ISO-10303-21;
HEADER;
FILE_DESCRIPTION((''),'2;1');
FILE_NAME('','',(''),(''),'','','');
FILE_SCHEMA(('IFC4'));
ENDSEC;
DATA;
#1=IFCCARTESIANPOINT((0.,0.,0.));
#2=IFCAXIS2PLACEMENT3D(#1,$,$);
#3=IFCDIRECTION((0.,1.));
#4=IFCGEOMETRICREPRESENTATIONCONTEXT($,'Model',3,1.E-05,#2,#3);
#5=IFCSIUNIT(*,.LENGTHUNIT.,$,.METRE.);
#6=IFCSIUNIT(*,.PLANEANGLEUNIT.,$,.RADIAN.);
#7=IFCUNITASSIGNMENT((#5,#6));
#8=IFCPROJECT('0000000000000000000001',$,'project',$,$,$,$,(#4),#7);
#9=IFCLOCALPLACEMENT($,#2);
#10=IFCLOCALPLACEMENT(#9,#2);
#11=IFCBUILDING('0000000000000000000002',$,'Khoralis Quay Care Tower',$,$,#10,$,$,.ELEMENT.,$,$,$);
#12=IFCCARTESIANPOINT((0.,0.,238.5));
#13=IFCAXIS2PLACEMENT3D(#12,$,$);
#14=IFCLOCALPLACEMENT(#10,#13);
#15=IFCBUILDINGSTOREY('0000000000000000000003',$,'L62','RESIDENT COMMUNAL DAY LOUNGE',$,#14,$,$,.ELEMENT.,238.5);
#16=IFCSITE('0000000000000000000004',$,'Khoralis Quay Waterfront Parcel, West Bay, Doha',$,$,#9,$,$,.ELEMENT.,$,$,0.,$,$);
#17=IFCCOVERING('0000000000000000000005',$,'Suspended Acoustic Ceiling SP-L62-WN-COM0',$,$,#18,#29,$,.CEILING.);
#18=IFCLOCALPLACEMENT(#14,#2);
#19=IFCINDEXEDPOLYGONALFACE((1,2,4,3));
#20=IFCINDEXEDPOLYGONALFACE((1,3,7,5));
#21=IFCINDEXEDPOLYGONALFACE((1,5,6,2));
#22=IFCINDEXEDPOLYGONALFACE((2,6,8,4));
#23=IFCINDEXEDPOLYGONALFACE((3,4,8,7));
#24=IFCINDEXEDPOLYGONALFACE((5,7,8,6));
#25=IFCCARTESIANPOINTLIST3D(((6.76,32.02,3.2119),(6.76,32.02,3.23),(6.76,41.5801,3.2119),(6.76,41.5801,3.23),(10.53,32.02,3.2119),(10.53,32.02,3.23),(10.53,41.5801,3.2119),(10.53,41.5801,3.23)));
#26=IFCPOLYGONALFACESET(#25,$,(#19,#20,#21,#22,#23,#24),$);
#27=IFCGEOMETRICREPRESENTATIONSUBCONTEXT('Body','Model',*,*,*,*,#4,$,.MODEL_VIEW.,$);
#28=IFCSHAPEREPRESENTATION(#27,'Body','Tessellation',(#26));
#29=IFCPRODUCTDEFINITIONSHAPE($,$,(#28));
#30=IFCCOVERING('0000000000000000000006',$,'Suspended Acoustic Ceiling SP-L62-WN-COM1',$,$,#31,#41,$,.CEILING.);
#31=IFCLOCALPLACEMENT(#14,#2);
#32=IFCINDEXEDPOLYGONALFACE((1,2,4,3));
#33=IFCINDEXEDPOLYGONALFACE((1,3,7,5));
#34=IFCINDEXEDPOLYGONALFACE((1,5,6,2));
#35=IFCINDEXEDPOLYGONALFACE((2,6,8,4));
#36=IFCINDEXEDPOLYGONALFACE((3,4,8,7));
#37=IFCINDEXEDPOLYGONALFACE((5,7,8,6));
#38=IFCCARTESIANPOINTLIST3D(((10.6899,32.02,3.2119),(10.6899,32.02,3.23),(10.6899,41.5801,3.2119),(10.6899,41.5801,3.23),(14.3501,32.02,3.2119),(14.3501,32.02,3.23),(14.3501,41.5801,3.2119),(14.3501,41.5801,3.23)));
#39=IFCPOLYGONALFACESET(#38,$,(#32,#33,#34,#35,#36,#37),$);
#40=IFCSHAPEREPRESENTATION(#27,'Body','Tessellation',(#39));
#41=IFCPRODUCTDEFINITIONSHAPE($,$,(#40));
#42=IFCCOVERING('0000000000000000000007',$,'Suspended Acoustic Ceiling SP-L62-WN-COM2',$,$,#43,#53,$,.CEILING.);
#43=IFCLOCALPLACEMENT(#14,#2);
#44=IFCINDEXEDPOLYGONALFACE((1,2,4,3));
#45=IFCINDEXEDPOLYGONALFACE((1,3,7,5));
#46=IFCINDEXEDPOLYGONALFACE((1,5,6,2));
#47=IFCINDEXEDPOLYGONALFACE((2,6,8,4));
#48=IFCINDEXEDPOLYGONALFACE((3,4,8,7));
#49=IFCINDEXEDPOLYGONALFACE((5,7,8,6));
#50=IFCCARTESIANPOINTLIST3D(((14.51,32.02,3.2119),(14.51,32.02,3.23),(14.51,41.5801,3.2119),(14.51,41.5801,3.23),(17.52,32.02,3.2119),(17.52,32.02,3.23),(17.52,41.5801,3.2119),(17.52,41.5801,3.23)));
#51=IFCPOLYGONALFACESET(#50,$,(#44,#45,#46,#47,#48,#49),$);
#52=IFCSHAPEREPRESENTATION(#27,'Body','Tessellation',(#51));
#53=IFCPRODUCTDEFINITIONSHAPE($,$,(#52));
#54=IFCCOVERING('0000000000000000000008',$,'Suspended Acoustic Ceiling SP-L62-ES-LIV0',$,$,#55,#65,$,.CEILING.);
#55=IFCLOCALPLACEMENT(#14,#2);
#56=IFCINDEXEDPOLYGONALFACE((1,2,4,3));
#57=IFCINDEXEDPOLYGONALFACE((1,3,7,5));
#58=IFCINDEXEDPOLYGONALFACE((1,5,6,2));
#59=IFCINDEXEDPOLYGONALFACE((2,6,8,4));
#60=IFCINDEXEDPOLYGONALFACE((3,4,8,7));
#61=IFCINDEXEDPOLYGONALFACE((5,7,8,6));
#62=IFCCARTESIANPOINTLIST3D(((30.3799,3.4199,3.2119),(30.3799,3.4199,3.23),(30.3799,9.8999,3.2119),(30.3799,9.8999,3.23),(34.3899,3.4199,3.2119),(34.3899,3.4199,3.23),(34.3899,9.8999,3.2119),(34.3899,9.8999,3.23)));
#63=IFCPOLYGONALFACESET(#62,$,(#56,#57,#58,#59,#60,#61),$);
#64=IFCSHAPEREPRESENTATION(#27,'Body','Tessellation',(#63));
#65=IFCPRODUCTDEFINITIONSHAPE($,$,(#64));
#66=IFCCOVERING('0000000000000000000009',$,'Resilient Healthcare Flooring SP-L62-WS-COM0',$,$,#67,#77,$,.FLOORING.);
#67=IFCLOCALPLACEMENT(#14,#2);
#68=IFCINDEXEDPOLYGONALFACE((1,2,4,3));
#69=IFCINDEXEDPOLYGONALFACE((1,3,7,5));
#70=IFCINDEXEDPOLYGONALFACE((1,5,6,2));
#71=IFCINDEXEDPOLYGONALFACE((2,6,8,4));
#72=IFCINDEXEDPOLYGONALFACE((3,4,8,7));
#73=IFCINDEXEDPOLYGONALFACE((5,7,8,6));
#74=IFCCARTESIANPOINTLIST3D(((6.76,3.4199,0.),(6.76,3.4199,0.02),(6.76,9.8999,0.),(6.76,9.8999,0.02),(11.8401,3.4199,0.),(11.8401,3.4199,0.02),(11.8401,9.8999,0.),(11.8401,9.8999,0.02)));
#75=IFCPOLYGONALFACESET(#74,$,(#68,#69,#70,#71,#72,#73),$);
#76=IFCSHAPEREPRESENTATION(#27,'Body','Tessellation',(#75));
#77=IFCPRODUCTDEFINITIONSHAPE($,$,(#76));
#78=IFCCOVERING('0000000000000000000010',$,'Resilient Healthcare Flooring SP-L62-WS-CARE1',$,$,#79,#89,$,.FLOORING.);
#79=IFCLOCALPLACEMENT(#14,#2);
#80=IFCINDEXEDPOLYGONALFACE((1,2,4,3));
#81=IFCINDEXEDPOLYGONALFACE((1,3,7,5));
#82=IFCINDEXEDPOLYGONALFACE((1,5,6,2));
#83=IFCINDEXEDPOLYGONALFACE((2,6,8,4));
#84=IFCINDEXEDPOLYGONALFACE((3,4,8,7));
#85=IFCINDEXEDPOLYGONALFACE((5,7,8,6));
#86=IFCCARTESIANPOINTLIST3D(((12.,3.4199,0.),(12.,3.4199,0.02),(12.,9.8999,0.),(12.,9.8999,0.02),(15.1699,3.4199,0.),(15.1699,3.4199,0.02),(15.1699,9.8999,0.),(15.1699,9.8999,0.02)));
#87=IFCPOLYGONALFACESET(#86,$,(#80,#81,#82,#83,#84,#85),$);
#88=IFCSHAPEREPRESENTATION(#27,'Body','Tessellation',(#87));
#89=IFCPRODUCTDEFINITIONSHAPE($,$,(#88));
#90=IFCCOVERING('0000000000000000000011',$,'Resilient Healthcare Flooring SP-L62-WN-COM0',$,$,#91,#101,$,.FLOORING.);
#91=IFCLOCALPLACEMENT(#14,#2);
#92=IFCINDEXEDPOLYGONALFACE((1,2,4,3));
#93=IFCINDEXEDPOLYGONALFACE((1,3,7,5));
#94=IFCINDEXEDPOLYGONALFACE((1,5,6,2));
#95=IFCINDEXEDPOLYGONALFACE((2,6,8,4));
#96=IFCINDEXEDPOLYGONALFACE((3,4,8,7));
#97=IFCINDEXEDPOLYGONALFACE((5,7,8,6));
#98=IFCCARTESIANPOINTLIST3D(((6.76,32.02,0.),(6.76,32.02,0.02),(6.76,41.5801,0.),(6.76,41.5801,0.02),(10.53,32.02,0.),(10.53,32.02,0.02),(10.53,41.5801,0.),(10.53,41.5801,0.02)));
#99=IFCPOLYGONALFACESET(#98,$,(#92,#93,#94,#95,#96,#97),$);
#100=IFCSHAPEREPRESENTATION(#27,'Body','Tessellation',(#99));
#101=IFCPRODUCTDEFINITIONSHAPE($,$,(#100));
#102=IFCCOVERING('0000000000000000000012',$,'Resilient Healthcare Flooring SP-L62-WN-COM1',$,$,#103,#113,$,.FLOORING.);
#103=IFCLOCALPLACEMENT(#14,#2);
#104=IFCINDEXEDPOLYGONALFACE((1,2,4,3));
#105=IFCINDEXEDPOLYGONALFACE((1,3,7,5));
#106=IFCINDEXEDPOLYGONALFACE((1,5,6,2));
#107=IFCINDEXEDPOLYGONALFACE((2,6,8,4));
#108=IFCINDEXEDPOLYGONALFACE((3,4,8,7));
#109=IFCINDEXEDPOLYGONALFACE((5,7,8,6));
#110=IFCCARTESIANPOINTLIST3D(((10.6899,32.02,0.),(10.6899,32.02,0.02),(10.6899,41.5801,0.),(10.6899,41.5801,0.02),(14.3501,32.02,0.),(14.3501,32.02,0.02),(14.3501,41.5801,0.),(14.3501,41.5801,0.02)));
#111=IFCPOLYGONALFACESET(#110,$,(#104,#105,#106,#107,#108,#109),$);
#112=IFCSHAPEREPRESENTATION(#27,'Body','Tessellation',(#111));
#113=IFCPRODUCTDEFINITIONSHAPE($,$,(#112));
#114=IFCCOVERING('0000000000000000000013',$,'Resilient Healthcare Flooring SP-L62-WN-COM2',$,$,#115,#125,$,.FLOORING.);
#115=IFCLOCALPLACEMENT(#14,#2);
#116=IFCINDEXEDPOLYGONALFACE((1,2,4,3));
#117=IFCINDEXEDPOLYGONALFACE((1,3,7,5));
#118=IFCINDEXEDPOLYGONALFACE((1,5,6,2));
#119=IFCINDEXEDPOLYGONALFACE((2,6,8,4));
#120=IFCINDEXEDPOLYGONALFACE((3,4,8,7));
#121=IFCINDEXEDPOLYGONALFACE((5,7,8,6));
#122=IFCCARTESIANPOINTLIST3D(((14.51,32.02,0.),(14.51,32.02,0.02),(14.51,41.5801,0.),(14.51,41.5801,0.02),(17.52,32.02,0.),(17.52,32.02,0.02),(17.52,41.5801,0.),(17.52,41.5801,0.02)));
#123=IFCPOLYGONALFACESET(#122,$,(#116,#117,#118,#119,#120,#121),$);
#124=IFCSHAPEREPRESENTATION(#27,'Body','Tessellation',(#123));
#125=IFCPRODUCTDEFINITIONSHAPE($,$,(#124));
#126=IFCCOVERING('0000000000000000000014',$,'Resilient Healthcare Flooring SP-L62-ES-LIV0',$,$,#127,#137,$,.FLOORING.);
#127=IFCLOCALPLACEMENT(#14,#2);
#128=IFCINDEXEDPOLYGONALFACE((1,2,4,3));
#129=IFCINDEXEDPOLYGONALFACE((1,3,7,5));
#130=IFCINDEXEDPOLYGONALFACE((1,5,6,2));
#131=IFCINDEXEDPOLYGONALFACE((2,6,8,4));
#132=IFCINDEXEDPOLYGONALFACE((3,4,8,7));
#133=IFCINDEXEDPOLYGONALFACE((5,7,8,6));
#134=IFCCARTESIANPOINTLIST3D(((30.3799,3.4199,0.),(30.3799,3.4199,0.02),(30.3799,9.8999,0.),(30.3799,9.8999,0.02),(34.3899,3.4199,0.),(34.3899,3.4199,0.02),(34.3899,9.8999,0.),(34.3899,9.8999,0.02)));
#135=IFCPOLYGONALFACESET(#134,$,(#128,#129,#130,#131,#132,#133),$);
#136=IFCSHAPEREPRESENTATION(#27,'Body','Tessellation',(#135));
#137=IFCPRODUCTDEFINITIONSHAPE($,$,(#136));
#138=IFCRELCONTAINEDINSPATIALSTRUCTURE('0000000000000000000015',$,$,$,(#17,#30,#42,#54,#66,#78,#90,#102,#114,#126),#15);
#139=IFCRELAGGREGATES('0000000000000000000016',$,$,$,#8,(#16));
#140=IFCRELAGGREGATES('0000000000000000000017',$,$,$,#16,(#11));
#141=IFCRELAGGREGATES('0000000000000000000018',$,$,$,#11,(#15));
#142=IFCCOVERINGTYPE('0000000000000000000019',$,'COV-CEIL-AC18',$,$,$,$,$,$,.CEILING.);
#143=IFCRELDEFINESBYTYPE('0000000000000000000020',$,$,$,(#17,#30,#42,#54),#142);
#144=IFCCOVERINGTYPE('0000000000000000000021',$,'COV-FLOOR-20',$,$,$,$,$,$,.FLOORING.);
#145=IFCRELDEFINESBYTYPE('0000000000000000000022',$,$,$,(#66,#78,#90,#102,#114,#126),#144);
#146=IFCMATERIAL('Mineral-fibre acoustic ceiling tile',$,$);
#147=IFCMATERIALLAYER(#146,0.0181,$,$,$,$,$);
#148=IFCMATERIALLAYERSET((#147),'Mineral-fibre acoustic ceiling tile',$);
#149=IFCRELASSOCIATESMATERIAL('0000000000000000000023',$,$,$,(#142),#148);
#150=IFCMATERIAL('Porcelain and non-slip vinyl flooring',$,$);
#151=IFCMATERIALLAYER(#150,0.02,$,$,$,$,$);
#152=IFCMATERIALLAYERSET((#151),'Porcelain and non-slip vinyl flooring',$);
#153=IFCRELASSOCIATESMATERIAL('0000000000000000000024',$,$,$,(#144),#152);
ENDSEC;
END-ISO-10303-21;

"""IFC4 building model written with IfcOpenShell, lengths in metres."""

from ifc_helpers import new_model, si_unit, direction, frame, origin, place, context, subcontext, project, spatial, polyline, outline, extrude, material, layer, layer_set, type_object, element, save


model = new_model("IFC4")

# Units and contexts
model_context = context("Model", 3, precision=1e-05, world=origin(), true_north=direction((0.0, 1.0)))
body_context = subcontext(model_context, "Body", "Model", "MODEL_VIEW")
ifc_project = project(units=[si_unit("LENGTHUNIT", "METRE"), si_unit("PLANEANGLEUNIT", "RADIAN")], contexts=[model_context])

# Site, building, storey
site_placement = place(None, origin())
site = spatial("IfcSite", under=ifc_project, at=site_placement, Name="Khoralis Quay Waterfront Parcel, West Bay, Doha", CompositionType="ELEMENT", RefElevation=0.0)
building_placement = place(site_placement, origin())
building = spatial("IfcBuilding", under=site, at=building_placement, Name="Khoralis Quay Care Tower", CompositionType="ELEMENT")
storey_placement = place(building_placement, frame((0.0, 0.0, 238.5)))
storey = spatial("IfcBuildingStorey", under=building, at=storey_placement, Name="L62", Description="RESIDENT COMMUNAL DAY LOUNGE", CompositionType="ELEMENT", Elevation=238.5)

# Coverings
ifc_material_1 = material(Name="Mineral-fibre acoustic ceiling tile")
ifc_layer_1 = layer(ifc_material_1, 0.0181)
ifc_layer_set_1 = layer_set([ifc_layer_1], Name="Mineral-fibre acoustic ceiling tile")
covering_type_1 = type_object("IfcCoveringType", Name="COV-CEIL-AC18", PredefinedType="CEILING", material=ifc_layer_set_1)
covering_1_placement = place(storey_placement, frame((0.0, 0.0, 3.2119)))
element("IfcCovering", 1, at=covering_1_placement, inside=storey, type_object=covering_type_1, Name="Suspended Acoustic Ceiling SP-L62-WN-COM0", PredefinedType="CEILING", context=body_context, shape_type="SweptSolid", body=[
    extrude(outline(polyline([(6.76, 32.02), (10.53, 32.02), (10.53, 41.5801), (6.76, 41.5801), (6.76, 32.02)])), origin(), (0.0, 0.0, 1.0), 0.0181),
])
covering_2_placement = place(storey_placement, frame((0.0, 0.0, 3.2119)))
element("IfcCovering", 2, at=covering_2_placement, inside=storey, type_object=covering_type_1, Name="Suspended Acoustic Ceiling SP-L62-WN-COM1", PredefinedType="CEILING", context=body_context, shape_type="SweptSolid", body=[
    extrude(outline(polyline([(10.6899, 32.02), (14.3501, 32.02), (14.3501, 41.5801), (10.6899, 41.5801), (10.6899, 32.02)])), origin(), (0.0, 0.0, 1.0), 0.0181),
])
covering_3_placement = place(storey_placement, frame((0.0, 0.0, 3.2119)))
element("IfcCovering", 3, at=covering_3_placement, inside=storey, type_object=covering_type_1, Name="Suspended Acoustic Ceiling SP-L62-WN-COM2", PredefinedType="CEILING", context=body_context, shape_type="SweptSolid", body=[
    extrude(outline(polyline([(14.51, 32.02), (17.52, 32.02), (17.52, 41.5801), (14.51, 41.5801), (14.51, 32.02)])), origin(), (0.0, 0.0, 1.0), 0.0181),
])
covering_4_placement = place(storey_placement, frame((0.0, 0.0, 3.2119)))
element("IfcCovering", 4, at=covering_4_placement, inside=storey, type_object=covering_type_1, Name="Suspended Acoustic Ceiling SP-L62-ES-LIV0", PredefinedType="CEILING", context=body_context, shape_type="SweptSolid", body=[
    extrude(outline(polyline([(30.3799, 3.4199), (34.3899, 3.4199), (34.3899, 9.8999), (30.3799, 9.8999), (30.3799, 3.4199)])), origin(), (0.0, 0.0, 1.0), 0.0181),
])
ifc_material_2 = material(Name="Porcelain and non-slip vinyl flooring")
ifc_layer_2 = layer(ifc_material_2, 0.02)
ifc_layer_set_2 = layer_set([ifc_layer_2], Name="Porcelain and non-slip vinyl flooring")
covering_type_2 = type_object("IfcCoveringType", Name="COV-FLOOR-20", PredefinedType="FLOORING", material=ifc_layer_set_2)
covering_5_placement = place(storey_placement, origin())
element("IfcCovering", 5, at=covering_5_placement, inside=storey, type_object=covering_type_2, Name="Resilient Healthcare Flooring SP-L62-WS-COM0", PredefinedType="FLOORING", context=body_context, shape_type="SweptSolid", body=[
    extrude(outline(polyline([(6.76, 3.4199), (11.8401, 3.4199), (11.8401, 9.8999), (6.76, 9.8999), (6.76, 3.4199)])), origin(), (0.0, 0.0, 1.0), 0.02),
])
covering_6_placement = place(storey_placement, origin())
element("IfcCovering", 6, at=covering_6_placement, inside=storey, type_object=covering_type_2, Name="Resilient Healthcare Flooring SP-L62-WS-CARE1", PredefinedType="FLOORING", context=body_context, shape_type="SweptSolid", body=[
    extrude(outline(polyline([(12.0, 3.4199), (15.1699, 3.4199), (15.1699, 9.8999), (12.0, 9.8999), (12.0, 3.4199)])), origin(), (0.0, 0.0, 1.0), 0.02),
])
covering_7_placement = place(storey_placement, origin())
element("IfcCovering", 7, at=covering_7_placement, inside=storey, type_object=covering_type_2, Name="Resilient Healthcare Flooring SP-L62-WN-COM0", PredefinedType="FLOORING", context=body_context, shape_type="SweptSolid", body=[
    extrude(outline(polyline([(6.76, 32.02), (10.53, 32.02), (10.53, 41.5801), (6.76, 41.5801), (6.76, 32.02)])), origin(), (0.0, 0.0, 1.0), 0.02),
])
covering_8_placement = place(storey_placement, origin())
element("IfcCovering", 8, at=covering_8_placement, inside=storey, type_object=covering_type_2, Name="Resilient Healthcare Flooring SP-L62-WN-COM1", PredefinedType="FLOORING", context=body_context, shape_type="SweptSolid", body=[
    extrude(outline(polyline([(10.6899, 32.02), (14.3501, 32.02), (14.3501, 41.5801), (10.6899, 41.5801), (10.6899, 32.02)])), origin(), (0.0, 0.0, 1.0), 0.02),
])
covering_9_placement = place(storey_placement, origin())
element("IfcCovering", 9, at=covering_9_placement, inside=storey, type_object=covering_type_2, Name="Resilient Healthcare Flooring SP-L62-WN-COM2", PredefinedType="FLOORING", context=body_context, shape_type="SweptSolid", body=[
    extrude(outline(polyline([(14.51, 32.02), (17.52, 32.02), (17.52, 41.5801), (14.51, 41.5801), (14.51, 32.02)])), origin(), (0.0, 0.0, 1.0), 0.02),
])
covering_10_placement = place(storey_placement, origin())
element("IfcCovering", 10, at=covering_10_placement, inside=storey, type_object=covering_type_2, Name="Resilient Healthcare Flooring SP-L62-ES-LIV0", PredefinedType="FLOORING", context=body_context, shape_type="SweptSolid", body=[
    extrude(outline(polyline([(30.3799, 3.4199), (34.3899, 3.4199), (34.3899, 9.8999), (30.3799, 9.8999), (30.3799, 3.4199)])), origin(), (0.0, 0.0, 1.0), 0.02),
])

save(model, "model.ifc")
